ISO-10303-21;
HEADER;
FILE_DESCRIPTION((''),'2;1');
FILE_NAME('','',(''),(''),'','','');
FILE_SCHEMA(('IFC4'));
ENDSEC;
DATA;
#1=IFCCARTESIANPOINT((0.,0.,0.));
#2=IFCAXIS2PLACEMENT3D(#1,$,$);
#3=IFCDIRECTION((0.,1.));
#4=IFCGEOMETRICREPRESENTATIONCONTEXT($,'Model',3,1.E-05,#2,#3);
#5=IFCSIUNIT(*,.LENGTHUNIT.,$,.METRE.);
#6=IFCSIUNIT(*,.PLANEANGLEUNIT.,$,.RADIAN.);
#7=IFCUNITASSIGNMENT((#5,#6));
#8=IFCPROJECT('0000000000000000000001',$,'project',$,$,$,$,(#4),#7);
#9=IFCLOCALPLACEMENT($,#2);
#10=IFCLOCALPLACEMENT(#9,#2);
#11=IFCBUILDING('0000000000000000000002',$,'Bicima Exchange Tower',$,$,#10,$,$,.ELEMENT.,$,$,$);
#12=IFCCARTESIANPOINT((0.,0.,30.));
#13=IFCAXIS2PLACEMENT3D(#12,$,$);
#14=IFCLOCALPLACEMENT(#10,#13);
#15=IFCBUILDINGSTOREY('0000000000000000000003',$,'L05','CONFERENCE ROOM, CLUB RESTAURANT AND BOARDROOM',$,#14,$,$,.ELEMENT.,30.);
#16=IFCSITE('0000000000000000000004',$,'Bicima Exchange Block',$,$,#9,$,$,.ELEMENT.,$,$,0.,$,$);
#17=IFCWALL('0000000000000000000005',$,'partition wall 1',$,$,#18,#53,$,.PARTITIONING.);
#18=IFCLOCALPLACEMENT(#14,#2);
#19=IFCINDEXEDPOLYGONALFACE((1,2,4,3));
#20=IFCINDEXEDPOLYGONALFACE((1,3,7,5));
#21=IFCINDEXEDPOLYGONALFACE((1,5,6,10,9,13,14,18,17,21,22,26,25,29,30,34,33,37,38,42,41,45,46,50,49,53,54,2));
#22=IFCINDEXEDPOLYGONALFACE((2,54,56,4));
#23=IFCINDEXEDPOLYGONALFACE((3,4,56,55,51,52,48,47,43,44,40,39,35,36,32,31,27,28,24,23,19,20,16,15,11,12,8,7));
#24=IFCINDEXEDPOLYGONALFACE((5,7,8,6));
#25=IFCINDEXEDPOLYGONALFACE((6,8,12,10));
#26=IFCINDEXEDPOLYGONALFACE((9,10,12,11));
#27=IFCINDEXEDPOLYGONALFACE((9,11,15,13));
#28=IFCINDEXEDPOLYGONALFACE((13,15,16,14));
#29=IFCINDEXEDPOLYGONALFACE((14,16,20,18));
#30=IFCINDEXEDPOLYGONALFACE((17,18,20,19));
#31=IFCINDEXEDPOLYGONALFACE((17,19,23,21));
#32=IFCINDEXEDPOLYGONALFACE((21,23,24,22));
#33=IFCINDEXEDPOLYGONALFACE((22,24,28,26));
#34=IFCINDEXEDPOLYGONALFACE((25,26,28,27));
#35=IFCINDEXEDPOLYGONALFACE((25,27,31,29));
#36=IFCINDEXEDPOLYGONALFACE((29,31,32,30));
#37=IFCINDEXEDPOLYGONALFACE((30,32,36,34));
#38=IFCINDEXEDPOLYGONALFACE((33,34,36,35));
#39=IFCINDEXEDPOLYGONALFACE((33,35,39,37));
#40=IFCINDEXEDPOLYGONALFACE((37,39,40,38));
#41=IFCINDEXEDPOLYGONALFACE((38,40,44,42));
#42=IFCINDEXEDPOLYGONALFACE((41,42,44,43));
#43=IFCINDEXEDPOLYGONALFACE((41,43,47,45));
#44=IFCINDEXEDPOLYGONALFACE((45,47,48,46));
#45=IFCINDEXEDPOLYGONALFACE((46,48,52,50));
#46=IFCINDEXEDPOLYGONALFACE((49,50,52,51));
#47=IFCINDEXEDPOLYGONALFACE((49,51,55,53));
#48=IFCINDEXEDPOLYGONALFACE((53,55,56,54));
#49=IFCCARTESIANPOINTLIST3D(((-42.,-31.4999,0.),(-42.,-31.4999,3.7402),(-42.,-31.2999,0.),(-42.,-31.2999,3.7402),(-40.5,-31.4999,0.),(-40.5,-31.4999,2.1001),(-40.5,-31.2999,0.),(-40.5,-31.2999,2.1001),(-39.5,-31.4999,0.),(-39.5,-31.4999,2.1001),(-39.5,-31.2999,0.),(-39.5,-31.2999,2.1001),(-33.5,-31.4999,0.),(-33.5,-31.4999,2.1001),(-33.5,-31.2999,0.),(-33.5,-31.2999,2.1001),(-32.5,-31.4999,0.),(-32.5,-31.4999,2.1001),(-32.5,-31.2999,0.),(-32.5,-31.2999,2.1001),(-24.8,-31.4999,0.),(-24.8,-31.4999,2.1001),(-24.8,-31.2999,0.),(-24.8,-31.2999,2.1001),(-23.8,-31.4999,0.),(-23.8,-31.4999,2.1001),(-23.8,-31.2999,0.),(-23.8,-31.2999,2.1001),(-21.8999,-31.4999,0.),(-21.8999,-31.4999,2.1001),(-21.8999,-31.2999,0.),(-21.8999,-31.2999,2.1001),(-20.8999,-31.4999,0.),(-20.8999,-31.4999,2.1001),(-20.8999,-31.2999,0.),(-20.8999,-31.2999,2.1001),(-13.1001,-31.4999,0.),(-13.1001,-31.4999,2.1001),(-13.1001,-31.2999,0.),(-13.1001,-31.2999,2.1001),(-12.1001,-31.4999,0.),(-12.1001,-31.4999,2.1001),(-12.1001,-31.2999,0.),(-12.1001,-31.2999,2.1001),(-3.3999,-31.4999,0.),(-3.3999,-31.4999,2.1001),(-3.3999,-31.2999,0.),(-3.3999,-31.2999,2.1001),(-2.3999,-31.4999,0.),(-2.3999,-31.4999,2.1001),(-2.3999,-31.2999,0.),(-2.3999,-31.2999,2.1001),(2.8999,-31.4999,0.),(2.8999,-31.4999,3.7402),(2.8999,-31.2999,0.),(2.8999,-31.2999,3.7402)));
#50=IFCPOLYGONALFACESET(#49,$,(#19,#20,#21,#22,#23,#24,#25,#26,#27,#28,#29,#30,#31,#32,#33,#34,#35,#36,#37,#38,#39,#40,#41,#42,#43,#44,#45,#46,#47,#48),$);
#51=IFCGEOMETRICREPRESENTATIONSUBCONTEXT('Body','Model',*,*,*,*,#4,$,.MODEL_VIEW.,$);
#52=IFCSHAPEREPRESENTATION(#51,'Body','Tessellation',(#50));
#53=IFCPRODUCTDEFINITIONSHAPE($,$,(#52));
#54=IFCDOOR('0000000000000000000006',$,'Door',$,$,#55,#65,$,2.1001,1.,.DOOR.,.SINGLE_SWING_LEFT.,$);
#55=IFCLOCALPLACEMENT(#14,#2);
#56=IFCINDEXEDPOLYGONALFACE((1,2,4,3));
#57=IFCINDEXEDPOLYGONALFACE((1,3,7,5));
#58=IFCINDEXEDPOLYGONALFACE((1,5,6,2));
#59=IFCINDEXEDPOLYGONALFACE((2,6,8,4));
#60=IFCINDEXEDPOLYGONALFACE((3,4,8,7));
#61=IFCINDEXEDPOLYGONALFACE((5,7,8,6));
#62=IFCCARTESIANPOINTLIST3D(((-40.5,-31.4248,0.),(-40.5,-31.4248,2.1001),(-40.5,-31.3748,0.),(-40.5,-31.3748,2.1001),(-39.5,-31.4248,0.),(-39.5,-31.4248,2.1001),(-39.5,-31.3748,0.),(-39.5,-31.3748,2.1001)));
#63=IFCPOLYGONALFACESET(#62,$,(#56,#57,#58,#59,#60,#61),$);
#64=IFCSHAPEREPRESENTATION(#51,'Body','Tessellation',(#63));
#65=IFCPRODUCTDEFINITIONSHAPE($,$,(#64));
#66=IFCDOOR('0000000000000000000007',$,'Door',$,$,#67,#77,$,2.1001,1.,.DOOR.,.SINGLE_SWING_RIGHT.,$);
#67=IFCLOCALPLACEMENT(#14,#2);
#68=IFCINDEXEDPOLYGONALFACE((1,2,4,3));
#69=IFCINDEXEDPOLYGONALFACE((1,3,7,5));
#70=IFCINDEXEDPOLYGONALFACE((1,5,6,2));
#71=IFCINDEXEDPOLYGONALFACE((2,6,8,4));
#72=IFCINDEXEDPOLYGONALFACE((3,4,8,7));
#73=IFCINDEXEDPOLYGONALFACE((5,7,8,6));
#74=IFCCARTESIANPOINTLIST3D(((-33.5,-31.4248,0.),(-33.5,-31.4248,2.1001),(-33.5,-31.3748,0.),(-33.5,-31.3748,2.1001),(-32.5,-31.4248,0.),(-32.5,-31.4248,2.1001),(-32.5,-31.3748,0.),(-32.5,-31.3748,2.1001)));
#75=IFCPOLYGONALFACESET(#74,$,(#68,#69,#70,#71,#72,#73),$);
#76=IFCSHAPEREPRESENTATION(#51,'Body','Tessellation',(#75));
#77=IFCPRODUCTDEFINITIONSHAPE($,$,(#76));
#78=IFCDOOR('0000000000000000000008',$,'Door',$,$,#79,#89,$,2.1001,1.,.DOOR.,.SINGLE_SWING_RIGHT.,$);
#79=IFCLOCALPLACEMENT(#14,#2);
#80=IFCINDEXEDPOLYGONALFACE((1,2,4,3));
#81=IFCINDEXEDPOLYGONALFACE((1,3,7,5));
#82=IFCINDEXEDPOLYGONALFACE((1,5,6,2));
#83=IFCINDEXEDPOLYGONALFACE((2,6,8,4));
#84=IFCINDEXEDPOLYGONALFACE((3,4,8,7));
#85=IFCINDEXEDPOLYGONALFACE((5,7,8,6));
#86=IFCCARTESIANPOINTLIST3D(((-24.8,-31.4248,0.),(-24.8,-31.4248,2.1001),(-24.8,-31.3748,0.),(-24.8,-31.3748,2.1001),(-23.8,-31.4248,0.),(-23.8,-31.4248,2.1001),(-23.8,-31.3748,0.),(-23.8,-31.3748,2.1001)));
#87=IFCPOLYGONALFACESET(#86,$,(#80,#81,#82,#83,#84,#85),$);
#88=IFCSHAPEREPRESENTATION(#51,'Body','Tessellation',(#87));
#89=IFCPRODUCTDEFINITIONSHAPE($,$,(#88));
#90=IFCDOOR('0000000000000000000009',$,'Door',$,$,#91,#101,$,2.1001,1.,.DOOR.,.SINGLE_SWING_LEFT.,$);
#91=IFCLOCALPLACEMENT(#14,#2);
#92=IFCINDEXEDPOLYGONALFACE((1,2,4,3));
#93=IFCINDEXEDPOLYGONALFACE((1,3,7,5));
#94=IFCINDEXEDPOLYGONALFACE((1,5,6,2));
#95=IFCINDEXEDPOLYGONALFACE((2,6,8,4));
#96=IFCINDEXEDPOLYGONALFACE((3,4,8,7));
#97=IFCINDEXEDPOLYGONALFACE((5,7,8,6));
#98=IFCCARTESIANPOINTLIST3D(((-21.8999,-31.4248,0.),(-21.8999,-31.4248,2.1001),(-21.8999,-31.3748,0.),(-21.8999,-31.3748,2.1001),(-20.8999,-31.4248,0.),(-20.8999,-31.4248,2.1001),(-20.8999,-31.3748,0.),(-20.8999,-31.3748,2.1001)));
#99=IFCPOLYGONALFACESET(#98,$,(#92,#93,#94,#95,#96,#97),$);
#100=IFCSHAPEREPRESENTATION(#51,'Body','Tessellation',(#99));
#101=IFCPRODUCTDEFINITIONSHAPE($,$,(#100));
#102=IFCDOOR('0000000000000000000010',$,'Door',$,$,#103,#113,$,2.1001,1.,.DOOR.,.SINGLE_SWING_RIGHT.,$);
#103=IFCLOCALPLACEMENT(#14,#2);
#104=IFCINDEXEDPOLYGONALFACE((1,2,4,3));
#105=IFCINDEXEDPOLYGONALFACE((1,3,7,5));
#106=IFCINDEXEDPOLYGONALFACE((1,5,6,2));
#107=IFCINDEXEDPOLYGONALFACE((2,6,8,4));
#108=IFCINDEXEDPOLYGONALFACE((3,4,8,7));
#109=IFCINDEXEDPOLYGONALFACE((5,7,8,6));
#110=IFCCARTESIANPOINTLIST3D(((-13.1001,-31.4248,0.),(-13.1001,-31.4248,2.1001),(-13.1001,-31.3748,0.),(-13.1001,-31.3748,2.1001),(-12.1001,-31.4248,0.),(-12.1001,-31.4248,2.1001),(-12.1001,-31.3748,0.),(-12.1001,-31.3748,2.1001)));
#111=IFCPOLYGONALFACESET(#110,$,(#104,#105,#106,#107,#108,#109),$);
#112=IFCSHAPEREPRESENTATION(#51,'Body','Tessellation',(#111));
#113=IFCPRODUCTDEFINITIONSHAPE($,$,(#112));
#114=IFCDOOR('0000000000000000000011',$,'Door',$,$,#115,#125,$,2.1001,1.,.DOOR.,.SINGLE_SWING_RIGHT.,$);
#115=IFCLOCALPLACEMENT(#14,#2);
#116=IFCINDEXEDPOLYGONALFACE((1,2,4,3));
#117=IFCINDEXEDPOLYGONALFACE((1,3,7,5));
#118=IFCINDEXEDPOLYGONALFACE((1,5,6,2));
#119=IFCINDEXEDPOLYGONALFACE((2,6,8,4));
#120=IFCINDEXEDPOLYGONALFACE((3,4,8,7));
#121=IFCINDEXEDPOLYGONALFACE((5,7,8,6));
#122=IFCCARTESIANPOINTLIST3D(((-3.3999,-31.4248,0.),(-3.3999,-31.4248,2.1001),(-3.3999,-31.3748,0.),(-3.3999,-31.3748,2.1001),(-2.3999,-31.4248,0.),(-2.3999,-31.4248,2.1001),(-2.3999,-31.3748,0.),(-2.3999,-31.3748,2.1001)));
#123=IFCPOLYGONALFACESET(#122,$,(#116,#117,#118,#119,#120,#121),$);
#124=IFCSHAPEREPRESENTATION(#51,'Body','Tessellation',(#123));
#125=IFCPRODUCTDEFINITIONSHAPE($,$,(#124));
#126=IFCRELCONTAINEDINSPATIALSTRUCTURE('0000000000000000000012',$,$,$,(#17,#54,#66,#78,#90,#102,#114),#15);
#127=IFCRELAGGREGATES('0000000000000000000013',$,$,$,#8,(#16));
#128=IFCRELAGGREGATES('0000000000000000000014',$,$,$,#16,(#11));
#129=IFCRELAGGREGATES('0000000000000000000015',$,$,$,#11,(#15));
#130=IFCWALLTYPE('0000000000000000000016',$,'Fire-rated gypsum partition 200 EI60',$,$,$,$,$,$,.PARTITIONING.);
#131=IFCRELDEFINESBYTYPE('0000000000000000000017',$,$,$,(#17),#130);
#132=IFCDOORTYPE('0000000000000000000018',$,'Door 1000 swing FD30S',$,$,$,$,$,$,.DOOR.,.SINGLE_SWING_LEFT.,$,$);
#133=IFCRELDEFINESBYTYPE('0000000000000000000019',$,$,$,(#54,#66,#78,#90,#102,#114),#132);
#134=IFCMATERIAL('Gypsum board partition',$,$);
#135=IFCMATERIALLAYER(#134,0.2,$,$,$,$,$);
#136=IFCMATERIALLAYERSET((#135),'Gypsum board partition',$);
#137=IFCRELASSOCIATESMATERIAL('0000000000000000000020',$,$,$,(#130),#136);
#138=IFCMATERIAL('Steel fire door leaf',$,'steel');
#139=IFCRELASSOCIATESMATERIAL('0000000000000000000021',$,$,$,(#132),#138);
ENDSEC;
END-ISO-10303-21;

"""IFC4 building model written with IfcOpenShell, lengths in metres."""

from ifc_helpers import new_model, si_unit, direction, frame, frame_2d, origin, place, context, subcontext, project, spatial, rectangle, extrude, material, layer, layer_set, type_object, element, fill, save


model = new_model("IFC4")

# Units and contexts
model_context = context("Model", 3, precision=1e-05, world=origin(), true_north=direction((0.0, 1.0)))
body_context = subcontext(model_context, "Body", "Model", "MODEL_VIEW")
ifc_project = project(units=[si_unit("LENGTHUNIT", "METRE"), si_unit("PLANEANGLEUNIT", "RADIAN")], contexts=[model_context])

# Site, building, storey
site_placement = place(None, origin())
site = spatial("IfcSite", under=ifc_project, at=site_placement, Name="Bicima Exchange Block", CompositionType="ELEMENT", RefElevation=0.0)
building_placement = place(site_placement, origin())
building = spatial("IfcBuilding", under=site, at=building_placement, Name="Bicima Exchange Tower", CompositionType="ELEMENT")
storey_placement = place(building_placement, frame((0.0, 0.0, 30.0)))
storey = spatial("IfcBuildingStorey", under=building, at=storey_placement, Name="L05", Description="CONFERENCE ROOM, CLUB RESTAURANT AND BOARDROOM", CompositionType="ELEMENT", Elevation=30.0)

# Wall, openings, doors
ifc_material_1 = material(Name="Gypsum board partition")
ifc_layer_1 = layer(ifc_material_1, 0.2)
ifc_layer_set_1 = layer_set([ifc_layer_1], Name="Gypsum board partition")
wall_type = type_object("IfcWallType", Name="Fire-rated gypsum partition 200 EI60", PredefinedType="PARTITIONING", material=ifc_layer_set_1)
wall_1_placement = place(storey_placement, frame((-42.0, -31.3999, 0.0), z_axis=(0.0, 0.0, 1.0), x_axis=(1.0, 0.0, 0.0)))
wall_1 = element("IfcWall", 1, at=wall_1_placement, inside=storey, type_object=wall_type, Name="partition wall 1", PredefinedType="PARTITIONING", context=body_context, shape_type="SweptSolid", body=[
    extrude(rectangle(XDim=44.8999, YDim=0.2, at=frame_2d((22.45, 0.0))), origin(), (0.0, 0.0, 1.0), 3.7402),
])
opening_1_placement = place(wall_1_placement, frame((1.5, 0.0, 0.0)))
opening_1 = element("IfcOpeningElement", 2, at=opening_1_placement, cuts=wall_1, PredefinedType="OPENING", context=body_context, shape_type="SweptSolid", body=[
    extrude(rectangle(XDim=1.0, YDim=2.1001, at=frame_2d((0.5, 1.05))), frame((0.0, 0.1118, 0.0), z_axis=(0.0, -1.0, 0.0), x_axis=(1.0, 0.0, 0.0)), (0.0, 0.0, 1.0), 0.2239),
])
opening_2_placement = place(wall_1_placement, frame((8.5, 0.0, 0.0)))
opening_2 = element("IfcOpeningElement", 3, at=opening_2_placement, cuts=wall_1, PredefinedType="OPENING", context=body_context, shape_type="SweptSolid", body=[
    extrude(rectangle(XDim=1.0, YDim=2.1001, at=frame_2d((0.5, 1.05))), frame((0.0, 0.1118, 0.0), z_axis=(0.0, -1.0, 0.0), x_axis=(1.0, 0.0, 0.0)), (0.0, 0.0, 1.0), 0.2239),
])
opening_3_placement = place(wall_1_placement, frame((17.2, 0.0, 0.0)))
opening_3 = element("IfcOpeningElement", 4, at=opening_3_placement, cuts=wall_1, PredefinedType="OPENING", context=body_context, shape_type="SweptSolid", body=[
    extrude(rectangle(XDim=1.0, YDim=2.1001, at=frame_2d((0.5, 1.05))), frame((0.0, 0.1118, 0.0), z_axis=(0.0, -1.0, 0.0), x_axis=(1.0, 0.0, 0.0)), (0.0, 0.0, 1.0), 0.2239),
])
opening_4_placement = place(wall_1_placement, frame((20.1001, 0.0, 0.0)))
opening_4 = element("IfcOpeningElement", 5, at=opening_4_placement, cuts=wall_1, PredefinedType="OPENING", context=body_context, shape_type="SweptSolid", body=[
    extrude(rectangle(XDim=1.0, YDim=2.1001, at=frame_2d((0.5, 1.05))), frame((0.0, 0.1118, 0.0), z_axis=(0.0, -1.0, 0.0), x_axis=(1.0, 0.0, 0.0)), (0.0, 0.0, 1.0), 0.2239),
])
opening_5_placement = place(wall_1_placement, frame((28.8999, 0.0, 0.0)))
opening_5 = element("IfcOpeningElement", 6, at=opening_5_placement, cuts=wall_1, PredefinedType="OPENING", context=body_context, shape_type="SweptSolid", body=[
    extrude(rectangle(XDim=1.0, YDim=2.1001, at=frame_2d((0.5, 1.05))), frame((0.0, 0.1118, 0.0), z_axis=(0.0, -1.0, 0.0), x_axis=(1.0, 0.0, 0.0)), (0.0, 0.0, 1.0), 0.2239),
])
opening_6_placement = place(wall_1_placement, frame((38.6001, 0.0, 0.0)))
opening_6 = element("IfcOpeningElement", 7, at=opening_6_placement, cuts=wall_1, PredefinedType="OPENING", context=body_context, shape_type="SweptSolid", body=[
    extrude(rectangle(XDim=1.0, YDim=2.1001, at=frame_2d((0.5, 1.05))), frame((0.0, 0.1118, 0.0), z_axis=(0.0, -1.0, 0.0), x_axis=(1.0, 0.0, 0.0)), (0.0, 0.0, 1.0), 0.2239),
])
ifc_material_2 = material(Name="Steel fire door leaf", Category="steel")
door_type_1 = type_object("IfcDoorType", Name="Door 1000 swing FD30S", OperationType="SINGLE_SWING_LEFT", PredefinedType="DOOR", material=ifc_material_2)
door_1_placement = place(opening_1_placement, frame((1.0, 0.0, 0.0), z_axis=(0.0, 0.0, 1.0), x_axis=(-1.0, 0.0, 0.0)))
door_1 = element("IfcDoor", 8, at=door_1_placement, inside=storey, type_object=door_type_1, Name="Door", OperationType="SINGLE_SWING_LEFT", OverallHeight=2.1001, OverallWidth=1.0, PredefinedType="DOOR", context=body_context, shape_type="SweptSolid", body=[
    extrude(rectangle(XDim=1.0, YDim=2.1001, at=frame_2d((0.5, 1.05))), frame((0.0, 0.0249, 0.0), z_axis=(0.0, -1.0, 0.0), x_axis=(1.0, 0.0, 0.0)), (0.0, 0.0, 1.0), 0.05),
])
fill(opening_1, door_1)
door_2_placement = place(opening_2_placement, frame((1.0, 0.0, 0.0), z_axis=(0.0, 0.0, 1.0), x_axis=(-1.0, 0.0, 0.0)))
door_2 = element("IfcDoor", 9, at=door_2_placement, inside=storey, type_object=door_type_1, Name="Door", OperationType="SINGLE_SWING_RIGHT", OverallHeight=2.1001, OverallWidth=1.0, PredefinedType="DOOR", context=body_context, shape_type="SweptSolid", body=[
    extrude(rectangle(XDim=1.0, YDim=2.1001, at=frame_2d((0.5, 1.05))), frame((0.0, 0.0249, 0.0), z_axis=(0.0, -1.0, 0.0), x_axis=(1.0, 0.0, 0.0)), (0.0, 0.0, 1.0), 0.05),
])
fill(opening_2, door_2)
door_3_placement = place(opening_3_placement, frame((1.0, 0.0, 0.0), z_axis=(0.0, 0.0, 1.0), x_axis=(-1.0, 0.0, 0.0)))
door_3 = element("IfcDoor", 10, at=door_3_placement, inside=storey, type_object=door_type_1, Name="Door", OperationType="SINGLE_SWING_RIGHT", OverallHeight=2.1001, OverallWidth=1.0, PredefinedType="DOOR", context=body_context, shape_type="SweptSolid", body=[
    extrude(rectangle(XDim=1.0, YDim=2.1001, at=frame_2d((0.5, 1.05))), frame((0.0, 0.0249, 0.0), z_axis=(0.0, -1.0, 0.0), x_axis=(1.0, 0.0, 0.0)), (0.0, 0.0, 1.0), 0.05),
])
fill(opening_3, door_3)
door_4_placement = place(opening_4_placement, frame((1.0, 0.0, 0.0), z_axis=(0.0, 0.0, 1.0), x_axis=(-1.0, 0.0, 0.0)))
door_4 = element("IfcDoor", 11, at=door_4_placement, inside=storey, type_object=door_type_1, Name="Door", OperationType="SINGLE_SWING_LEFT", OverallHeight=2.1001, OverallWidth=1.0, PredefinedType="DOOR", context=body_context, shape_type="SweptSolid", body=[
    extrude(rectangle(XDim=1.0, YDim=2.1001, at=frame_2d((0.5, 1.05))), frame((0.0, 0.0249, 0.0), z_axis=(0.0, -1.0, 0.0), x_axis=(1.0, 0.0, 0.0)), (0.0, 0.0, 1.0), 0.05),
])
fill(opening_4, door_4)
door_5_placement = place(opening_5_placement, frame((1.0, 0.0, 0.0), z_axis=(0.0, 0.0, 1.0), x_axis=(-1.0, 0.0, 0.0)))
door_5 = element("IfcDoor", 12, at=door_5_placement, inside=storey, type_object=door_type_1, Name="Door", OperationType="SINGLE_SWING_RIGHT", OverallHeight=2.1001, OverallWidth=1.0, PredefinedType="DOOR", context=body_context, shape_type="SweptSolid", body=[
    extrude(rectangle(XDim=1.0, YDim=2.1001, at=frame_2d((0.5, 1.05))), frame((0.0, 0.0249, 0.0), z_axis=(0.0, -1.0, 0.0), x_axis=(1.0, 0.0, 0.0)), (0.0, 0.0, 1.0), 0.05),
])
fill(opening_5, door_5)
door_6_placement = place(opening_6_placement, frame((1.0, 0.0, 0.0), z_axis=(0.0, 0.0, 1.0), x_axis=(-1.0, 0.0, 0.0)))
door_6 = element("IfcDoor", 13, at=door_6_placement, inside=storey, type_object=door_type_1, Name="Door", OperationType="SINGLE_SWING_RIGHT", OverallHeight=2.1001, OverallWidth=1.0, PredefinedType="DOOR", context=body_context, shape_type="SweptSolid", body=[
    extrude(rectangle(XDim=1.0, YDim=2.1001, at=frame_2d((0.5, 1.05))), frame((0.0, 0.0249, 0.0), z_axis=(0.0, -1.0, 0.0), x_axis=(1.0, 0.0, 0.0)), (0.0, 0.0, 1.0), 0.05),
])
fill(opening_6, door_6)

save(model, "model.ifc")
